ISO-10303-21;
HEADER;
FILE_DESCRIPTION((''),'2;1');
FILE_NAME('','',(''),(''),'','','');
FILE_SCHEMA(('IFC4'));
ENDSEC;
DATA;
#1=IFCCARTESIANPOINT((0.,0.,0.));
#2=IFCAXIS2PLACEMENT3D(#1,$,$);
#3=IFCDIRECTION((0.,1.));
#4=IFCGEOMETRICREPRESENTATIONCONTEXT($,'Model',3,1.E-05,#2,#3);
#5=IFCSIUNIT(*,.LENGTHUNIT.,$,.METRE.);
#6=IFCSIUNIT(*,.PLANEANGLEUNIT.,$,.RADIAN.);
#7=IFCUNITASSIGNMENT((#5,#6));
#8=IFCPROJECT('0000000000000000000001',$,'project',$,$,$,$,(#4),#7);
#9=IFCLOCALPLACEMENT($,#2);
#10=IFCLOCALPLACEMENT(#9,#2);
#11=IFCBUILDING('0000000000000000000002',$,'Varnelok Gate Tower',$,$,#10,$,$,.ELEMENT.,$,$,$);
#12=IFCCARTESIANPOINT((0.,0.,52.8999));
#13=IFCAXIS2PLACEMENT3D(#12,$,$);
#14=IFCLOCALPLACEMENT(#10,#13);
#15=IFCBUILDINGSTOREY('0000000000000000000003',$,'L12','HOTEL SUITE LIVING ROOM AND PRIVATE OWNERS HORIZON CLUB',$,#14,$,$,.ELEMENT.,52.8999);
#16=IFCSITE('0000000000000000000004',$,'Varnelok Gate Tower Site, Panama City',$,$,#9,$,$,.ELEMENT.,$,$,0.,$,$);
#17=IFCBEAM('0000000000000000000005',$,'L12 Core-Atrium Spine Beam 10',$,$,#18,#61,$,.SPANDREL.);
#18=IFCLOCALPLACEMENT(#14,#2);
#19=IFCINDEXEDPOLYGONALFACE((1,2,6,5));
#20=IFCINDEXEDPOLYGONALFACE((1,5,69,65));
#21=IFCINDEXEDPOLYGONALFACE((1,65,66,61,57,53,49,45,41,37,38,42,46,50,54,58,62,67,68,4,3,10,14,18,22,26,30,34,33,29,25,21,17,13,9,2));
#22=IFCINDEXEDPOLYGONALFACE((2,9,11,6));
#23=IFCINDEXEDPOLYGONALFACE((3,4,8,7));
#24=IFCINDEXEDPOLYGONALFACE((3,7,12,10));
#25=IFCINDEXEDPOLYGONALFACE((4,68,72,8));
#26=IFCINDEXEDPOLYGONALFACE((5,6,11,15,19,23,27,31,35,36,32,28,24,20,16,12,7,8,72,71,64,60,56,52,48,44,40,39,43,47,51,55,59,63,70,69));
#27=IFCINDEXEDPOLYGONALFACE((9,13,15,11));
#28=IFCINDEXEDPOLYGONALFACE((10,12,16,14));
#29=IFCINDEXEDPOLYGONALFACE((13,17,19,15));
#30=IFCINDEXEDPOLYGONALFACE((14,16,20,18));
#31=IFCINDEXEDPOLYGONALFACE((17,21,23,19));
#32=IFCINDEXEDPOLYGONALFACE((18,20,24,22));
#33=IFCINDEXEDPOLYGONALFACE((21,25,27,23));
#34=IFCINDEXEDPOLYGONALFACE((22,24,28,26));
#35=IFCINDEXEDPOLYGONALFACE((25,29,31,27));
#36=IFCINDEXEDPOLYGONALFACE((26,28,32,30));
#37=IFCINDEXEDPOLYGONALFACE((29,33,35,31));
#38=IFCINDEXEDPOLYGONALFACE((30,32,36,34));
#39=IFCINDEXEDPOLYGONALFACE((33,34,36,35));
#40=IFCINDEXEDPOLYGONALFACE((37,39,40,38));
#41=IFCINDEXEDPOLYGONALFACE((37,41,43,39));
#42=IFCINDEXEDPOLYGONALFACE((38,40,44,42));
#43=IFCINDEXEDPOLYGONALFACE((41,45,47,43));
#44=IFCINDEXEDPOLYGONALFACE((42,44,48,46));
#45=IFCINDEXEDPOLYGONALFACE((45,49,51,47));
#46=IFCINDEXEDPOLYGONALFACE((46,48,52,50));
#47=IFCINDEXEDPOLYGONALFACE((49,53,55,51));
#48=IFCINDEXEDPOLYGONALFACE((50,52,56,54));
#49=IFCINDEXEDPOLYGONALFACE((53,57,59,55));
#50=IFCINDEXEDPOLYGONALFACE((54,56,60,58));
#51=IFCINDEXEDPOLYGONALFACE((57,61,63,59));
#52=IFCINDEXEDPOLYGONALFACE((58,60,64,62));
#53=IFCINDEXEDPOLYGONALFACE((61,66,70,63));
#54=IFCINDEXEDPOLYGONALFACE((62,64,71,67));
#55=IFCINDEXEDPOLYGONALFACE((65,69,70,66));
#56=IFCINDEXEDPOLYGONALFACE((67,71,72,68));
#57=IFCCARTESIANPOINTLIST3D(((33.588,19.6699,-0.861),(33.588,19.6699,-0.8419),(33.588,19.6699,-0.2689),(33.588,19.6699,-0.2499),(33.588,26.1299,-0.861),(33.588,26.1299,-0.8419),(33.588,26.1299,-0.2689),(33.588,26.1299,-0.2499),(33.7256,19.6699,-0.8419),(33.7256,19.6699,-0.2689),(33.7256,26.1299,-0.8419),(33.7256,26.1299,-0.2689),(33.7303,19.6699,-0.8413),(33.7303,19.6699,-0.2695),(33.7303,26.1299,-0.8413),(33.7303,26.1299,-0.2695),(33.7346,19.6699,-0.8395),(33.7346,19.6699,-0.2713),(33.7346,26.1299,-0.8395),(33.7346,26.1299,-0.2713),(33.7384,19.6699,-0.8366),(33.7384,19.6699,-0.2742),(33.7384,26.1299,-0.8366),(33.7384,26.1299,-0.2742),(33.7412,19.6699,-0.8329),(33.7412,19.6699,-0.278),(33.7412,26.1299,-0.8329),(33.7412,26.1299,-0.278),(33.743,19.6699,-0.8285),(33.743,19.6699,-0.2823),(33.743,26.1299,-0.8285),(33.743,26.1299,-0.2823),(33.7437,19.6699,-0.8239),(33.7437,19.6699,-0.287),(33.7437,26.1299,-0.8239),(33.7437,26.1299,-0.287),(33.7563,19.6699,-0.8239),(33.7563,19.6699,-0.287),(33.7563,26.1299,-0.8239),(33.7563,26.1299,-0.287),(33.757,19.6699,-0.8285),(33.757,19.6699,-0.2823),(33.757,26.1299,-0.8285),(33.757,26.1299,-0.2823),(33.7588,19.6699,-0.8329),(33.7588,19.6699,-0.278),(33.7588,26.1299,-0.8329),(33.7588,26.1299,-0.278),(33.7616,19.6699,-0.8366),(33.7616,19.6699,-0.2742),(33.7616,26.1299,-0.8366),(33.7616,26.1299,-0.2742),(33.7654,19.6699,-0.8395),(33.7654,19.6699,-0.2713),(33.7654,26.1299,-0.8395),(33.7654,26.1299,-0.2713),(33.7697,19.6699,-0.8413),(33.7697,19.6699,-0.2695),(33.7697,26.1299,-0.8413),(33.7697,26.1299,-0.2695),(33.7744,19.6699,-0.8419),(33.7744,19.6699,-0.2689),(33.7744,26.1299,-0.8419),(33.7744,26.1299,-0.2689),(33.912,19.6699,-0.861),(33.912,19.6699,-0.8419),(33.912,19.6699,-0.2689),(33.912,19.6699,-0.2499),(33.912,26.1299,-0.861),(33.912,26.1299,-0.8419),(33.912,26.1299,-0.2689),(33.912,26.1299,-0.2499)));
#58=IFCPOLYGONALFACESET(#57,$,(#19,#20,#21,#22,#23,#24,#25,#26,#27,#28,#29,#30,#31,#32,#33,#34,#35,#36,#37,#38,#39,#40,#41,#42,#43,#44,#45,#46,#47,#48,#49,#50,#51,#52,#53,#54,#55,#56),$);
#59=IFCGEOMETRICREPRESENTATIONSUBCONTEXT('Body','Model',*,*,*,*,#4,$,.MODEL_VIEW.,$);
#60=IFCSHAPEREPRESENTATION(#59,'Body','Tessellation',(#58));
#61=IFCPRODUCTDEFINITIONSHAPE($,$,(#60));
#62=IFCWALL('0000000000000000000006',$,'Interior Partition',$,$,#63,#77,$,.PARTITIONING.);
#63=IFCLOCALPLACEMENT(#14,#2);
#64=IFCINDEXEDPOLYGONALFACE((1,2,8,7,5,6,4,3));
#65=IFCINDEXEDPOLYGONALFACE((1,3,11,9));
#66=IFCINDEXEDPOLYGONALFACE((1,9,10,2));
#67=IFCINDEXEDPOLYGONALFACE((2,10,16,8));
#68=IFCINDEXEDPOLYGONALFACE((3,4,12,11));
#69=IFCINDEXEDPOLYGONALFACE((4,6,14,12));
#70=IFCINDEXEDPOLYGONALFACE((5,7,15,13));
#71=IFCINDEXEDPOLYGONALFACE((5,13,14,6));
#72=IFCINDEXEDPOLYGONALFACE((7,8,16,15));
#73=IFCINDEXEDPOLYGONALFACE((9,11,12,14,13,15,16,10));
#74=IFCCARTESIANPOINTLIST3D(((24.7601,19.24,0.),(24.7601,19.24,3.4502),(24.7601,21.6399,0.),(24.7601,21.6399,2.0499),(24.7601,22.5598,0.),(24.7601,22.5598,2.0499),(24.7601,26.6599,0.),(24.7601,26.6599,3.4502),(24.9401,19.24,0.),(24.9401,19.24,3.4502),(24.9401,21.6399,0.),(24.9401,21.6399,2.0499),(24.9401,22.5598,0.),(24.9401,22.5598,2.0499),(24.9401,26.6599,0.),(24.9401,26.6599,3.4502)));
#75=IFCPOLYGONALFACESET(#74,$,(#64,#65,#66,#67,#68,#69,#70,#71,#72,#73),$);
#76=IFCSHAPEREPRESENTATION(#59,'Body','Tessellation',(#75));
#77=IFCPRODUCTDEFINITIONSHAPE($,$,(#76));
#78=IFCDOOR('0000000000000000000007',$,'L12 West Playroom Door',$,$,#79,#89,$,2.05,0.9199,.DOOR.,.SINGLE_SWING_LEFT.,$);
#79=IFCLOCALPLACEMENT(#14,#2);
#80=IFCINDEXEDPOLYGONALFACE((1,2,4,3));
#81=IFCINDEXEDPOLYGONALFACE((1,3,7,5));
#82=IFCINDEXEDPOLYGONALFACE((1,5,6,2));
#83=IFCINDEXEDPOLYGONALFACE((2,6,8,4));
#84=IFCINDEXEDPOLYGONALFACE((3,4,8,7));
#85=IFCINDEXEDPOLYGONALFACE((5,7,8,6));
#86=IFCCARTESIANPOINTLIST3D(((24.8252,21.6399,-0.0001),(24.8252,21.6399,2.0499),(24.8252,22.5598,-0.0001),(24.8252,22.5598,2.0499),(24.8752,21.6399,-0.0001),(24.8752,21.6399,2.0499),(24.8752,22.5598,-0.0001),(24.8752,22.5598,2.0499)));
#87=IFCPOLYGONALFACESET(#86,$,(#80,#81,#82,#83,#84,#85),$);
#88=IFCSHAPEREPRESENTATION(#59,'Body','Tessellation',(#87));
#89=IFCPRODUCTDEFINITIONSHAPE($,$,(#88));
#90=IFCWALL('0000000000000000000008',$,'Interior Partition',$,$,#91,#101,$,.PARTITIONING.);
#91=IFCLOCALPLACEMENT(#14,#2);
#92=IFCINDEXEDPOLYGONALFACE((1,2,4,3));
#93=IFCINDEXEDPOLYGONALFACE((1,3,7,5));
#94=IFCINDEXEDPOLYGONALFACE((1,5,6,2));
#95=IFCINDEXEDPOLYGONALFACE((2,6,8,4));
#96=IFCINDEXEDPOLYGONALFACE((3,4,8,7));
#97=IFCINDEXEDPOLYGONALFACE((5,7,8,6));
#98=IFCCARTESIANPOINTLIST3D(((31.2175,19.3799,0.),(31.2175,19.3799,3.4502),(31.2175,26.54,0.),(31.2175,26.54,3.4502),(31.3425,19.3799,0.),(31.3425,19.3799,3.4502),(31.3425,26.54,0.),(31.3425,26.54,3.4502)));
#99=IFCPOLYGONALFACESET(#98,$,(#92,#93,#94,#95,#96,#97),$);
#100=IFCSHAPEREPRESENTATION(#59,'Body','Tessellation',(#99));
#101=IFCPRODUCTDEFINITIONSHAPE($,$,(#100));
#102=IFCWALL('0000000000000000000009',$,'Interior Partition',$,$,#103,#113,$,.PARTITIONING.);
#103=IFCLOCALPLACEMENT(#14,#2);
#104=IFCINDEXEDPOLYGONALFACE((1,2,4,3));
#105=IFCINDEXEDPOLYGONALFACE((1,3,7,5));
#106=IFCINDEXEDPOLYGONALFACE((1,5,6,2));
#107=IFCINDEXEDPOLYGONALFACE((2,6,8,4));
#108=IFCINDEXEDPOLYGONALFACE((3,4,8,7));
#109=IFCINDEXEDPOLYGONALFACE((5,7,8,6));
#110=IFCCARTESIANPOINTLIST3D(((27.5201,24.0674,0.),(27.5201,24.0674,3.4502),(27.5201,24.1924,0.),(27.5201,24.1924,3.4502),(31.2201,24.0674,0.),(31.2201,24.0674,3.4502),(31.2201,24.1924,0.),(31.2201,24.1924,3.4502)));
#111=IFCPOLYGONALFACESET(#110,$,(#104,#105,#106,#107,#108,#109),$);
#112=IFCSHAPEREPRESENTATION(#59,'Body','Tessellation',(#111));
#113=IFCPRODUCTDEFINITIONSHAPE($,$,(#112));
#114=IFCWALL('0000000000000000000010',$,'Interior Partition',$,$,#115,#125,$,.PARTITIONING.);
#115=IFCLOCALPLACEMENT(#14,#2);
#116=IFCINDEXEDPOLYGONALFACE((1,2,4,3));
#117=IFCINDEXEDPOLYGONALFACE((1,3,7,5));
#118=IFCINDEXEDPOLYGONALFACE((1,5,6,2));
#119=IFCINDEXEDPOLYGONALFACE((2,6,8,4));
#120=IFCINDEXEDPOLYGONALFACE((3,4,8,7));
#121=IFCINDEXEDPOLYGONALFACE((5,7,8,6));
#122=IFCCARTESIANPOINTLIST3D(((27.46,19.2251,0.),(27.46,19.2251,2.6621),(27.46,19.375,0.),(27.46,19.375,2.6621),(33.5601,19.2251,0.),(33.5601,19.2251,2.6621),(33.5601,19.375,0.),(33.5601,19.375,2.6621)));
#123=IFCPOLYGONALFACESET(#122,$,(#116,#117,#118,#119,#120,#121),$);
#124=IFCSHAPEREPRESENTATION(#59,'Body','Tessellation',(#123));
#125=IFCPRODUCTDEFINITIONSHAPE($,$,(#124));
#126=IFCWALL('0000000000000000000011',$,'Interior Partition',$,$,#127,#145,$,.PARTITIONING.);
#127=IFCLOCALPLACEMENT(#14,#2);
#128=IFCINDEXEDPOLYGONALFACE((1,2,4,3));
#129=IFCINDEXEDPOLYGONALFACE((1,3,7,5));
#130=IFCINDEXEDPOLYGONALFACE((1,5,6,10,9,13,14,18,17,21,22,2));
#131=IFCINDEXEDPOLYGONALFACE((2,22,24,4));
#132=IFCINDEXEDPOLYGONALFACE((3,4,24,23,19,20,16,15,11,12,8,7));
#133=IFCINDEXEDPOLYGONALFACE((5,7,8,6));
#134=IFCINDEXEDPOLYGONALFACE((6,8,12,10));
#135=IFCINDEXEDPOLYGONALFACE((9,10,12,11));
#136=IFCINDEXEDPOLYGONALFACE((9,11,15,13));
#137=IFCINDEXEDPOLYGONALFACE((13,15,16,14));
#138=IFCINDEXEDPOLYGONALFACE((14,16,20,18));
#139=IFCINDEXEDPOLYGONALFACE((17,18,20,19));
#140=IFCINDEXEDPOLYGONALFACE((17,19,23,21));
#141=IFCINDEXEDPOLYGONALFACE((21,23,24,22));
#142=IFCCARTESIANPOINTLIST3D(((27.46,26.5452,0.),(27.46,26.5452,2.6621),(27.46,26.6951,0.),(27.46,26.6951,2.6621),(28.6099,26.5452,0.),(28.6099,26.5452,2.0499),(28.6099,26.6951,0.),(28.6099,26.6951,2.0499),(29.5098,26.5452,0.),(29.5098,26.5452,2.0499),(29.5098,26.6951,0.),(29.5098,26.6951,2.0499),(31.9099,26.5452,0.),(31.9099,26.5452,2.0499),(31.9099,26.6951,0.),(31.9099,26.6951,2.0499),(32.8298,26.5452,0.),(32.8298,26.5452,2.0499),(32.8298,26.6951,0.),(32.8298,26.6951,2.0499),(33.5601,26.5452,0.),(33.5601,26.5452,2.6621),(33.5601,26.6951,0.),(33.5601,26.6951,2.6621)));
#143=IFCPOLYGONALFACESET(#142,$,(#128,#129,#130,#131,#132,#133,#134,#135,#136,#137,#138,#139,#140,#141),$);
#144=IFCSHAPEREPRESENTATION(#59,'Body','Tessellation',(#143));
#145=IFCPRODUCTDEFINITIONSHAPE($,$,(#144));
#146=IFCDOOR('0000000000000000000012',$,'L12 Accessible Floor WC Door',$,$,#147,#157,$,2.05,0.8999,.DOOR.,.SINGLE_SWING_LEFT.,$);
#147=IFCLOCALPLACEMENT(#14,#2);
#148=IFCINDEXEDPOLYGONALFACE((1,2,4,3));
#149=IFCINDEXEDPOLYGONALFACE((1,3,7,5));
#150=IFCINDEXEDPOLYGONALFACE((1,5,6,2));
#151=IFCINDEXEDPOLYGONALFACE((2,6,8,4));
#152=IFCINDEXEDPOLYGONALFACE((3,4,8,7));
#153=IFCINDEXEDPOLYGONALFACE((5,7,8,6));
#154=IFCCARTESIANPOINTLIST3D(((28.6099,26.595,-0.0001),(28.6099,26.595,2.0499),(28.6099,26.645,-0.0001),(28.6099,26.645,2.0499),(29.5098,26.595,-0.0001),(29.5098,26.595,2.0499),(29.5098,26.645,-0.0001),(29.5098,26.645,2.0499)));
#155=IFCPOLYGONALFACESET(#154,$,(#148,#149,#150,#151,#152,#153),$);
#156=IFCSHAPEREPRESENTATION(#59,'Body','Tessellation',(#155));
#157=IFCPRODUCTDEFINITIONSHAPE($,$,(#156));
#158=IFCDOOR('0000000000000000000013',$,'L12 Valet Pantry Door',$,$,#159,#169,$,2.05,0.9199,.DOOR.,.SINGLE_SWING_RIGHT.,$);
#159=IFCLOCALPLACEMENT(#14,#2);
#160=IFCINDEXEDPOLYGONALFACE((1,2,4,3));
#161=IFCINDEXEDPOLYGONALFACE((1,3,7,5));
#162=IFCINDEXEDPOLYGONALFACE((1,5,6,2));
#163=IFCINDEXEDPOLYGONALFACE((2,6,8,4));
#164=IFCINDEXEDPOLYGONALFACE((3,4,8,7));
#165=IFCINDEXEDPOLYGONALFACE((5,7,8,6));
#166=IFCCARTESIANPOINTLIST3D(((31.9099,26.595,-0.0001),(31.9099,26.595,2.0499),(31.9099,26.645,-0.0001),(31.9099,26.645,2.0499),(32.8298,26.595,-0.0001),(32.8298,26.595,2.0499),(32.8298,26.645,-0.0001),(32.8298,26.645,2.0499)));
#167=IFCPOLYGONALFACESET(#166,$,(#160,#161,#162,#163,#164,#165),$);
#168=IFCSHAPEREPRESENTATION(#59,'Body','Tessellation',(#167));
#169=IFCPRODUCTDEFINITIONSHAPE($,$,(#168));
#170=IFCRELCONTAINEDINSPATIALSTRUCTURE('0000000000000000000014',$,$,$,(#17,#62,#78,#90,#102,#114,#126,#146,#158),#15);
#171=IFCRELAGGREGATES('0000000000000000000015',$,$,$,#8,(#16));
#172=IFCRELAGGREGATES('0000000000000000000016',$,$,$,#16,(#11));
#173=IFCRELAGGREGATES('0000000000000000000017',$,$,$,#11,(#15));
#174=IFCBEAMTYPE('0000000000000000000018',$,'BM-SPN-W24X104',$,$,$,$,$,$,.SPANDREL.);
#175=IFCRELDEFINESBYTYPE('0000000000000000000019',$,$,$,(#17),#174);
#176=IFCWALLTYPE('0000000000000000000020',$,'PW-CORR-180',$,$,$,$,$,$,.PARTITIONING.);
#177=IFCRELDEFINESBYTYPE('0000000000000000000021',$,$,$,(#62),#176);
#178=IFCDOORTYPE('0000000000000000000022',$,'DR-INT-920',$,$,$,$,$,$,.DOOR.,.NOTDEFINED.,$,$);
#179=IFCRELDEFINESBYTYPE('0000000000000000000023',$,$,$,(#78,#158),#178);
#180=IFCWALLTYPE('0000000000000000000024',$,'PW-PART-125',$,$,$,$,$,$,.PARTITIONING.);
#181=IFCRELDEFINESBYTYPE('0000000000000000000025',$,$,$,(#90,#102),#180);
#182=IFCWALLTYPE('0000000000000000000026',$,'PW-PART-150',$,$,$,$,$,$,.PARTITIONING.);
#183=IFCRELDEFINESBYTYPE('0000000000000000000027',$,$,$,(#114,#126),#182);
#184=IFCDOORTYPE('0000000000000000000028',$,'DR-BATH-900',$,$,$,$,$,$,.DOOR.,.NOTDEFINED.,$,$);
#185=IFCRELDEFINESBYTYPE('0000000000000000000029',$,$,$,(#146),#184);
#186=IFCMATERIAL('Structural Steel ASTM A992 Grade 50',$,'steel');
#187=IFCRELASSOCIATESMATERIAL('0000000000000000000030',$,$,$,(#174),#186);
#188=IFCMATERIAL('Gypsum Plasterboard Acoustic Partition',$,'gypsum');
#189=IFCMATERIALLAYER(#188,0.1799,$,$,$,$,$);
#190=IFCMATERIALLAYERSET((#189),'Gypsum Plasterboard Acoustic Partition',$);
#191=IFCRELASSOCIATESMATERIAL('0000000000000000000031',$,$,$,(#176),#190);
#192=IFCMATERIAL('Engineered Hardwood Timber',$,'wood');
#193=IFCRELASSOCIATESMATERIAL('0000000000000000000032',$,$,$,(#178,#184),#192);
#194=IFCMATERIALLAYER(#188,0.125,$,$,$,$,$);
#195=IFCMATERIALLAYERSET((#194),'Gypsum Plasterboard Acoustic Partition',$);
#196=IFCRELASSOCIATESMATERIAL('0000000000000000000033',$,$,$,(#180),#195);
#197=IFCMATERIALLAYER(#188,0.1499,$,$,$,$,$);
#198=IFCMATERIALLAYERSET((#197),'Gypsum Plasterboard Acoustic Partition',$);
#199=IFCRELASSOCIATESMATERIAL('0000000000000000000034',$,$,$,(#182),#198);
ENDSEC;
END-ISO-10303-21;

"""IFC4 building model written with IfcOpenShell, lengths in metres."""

from ifc_helpers import new_model, si_unit, direction, frame, frame_2d, origin, origin_2d, place, context, subcontext, project, spatial, rectangle, i_section, extrude, material, layer, layer_set, material_profile, profile_set, type_object, element, fill, save


model = new_model("IFC4")

# Units and contexts
model_context = context("Model", 3, precision=1e-05, world=origin(), true_north=direction((0.0, 1.0)))
body_context = subcontext(model_context, "Body", "Model", "MODEL_VIEW")
ifc_project = project(units=[si_unit("LENGTHUNIT", "METRE"), si_unit("PLANEANGLEUNIT", "RADIAN")], contexts=[model_context])

# Site, building, storey
site_placement = place(None, origin())
site = spatial("IfcSite", under=ifc_project, at=site_placement, Name="Varnelok Gate Tower Site, Panama City", CompositionType="ELEMENT", RefElevation=0.0)
building_placement = place(site_placement, origin())
building = spatial("IfcBuilding", under=site, at=building_placement, Name="Varnelok Gate Tower", CompositionType="ELEMENT")
storey_placement = place(building_placement, frame((0.0, 0.0, 52.8999)))
storey = spatial("IfcBuildingStorey", under=building, at=storey_placement, Name="L12", Description="HOTEL SUITE LIVING ROOM AND PRIVATE OWNERS HORIZON CLUB", CompositionType="ELEMENT", Elevation=52.8999)

# Shared definitions
ifc_material_1 = material(Name="Structural Steel ASTM A992 Grade 50", Category="steel")

# Beam
ifc_material_profile_1 = material_profile(ifc_material_1, i_section(OverallWidth=0.324, OverallDepth=0.6111, WebThickness=0.0127, FlangeThickness=0.019, FilletRadius=0.0181, at=origin_2d()), Name="W24X104")
ifc_profile_set_1 = profile_set([ifc_material_profile_1], Name="Structural Steel ASTM A992 Grade 50")
beam_type_1 = type_object("IfcBeamType", Name="BM-SPN-W24X104", PredefinedType="SPANDREL", material=ifc_profile_set_1)
beam_1_placement = place(storey_placement, frame((33.75, 19.6699, -0.5554), z_axis=(0.0, 1.0, 0.0), x_axis=(-1.0, 0.0, 0.0)))
element("IfcBeam", 1, at=beam_1_placement, inside=storey, type_object=beam_type_1, Name="L12 Core-Atrium Spine Beam 10", PredefinedType="SPANDREL", context=body_context, shape_type="SweptSolid", body=[
    extrude(i_section(OverallWidth=0.324, OverallDepth=0.6111, WebThickness=0.0127, FlangeThickness=0.019, FilletRadius=0.0181, at=origin_2d()), origin(), (0.0, 0.0, 1.0), 6.46),
])

# Wall, opening, door
ifc_material_2 = material(Name="Gypsum Plasterboard Acoustic Partition", Category="gypsum")
ifc_layer_1 = layer(ifc_material_2, 0.1799)
ifc_layer_set_1 = layer_set([ifc_layer_1], Name="Gypsum Plasterboard Acoustic Partition")
wall_type_1 = type_object("IfcWallType", Name="PW-CORR-180", PredefinedType="PARTITIONING", material=ifc_layer_set_1)
wall_1_placement = place(storey_placement, frame((24.8501, 19.24, 0.0), z_axis=(0.0, 0.0, 1.0), x_axis=(0.0, 1.0, 0.0)))
wall_1 = element("IfcWall", 2, at=wall_1_placement, inside=storey, type_object=wall_type_1, Name="Interior Partition", PredefinedType="PARTITIONING", context=body_context, shape_type="SweptSolid", body=[
    extrude(rectangle(XDim=7.4199, YDim=0.1799, at=frame_2d((3.71, 0.0))), origin(), (0.0, 0.0, 1.0), 3.4502),
])
opening_1_placement = place(wall_1_placement, frame((2.3999, 0.0, 0.0)))
opening_1 = element("IfcOpeningElement", 3, at=opening_1_placement, cuts=wall_1, PredefinedType="OPENING", context=body_context, shape_type="SweptSolid", body=[
    extrude(rectangle(XDim=0.9199, YDim=2.05, at=frame_2d((0.46, 1.0249))), frame((0.0, 0.0999, 0.0), z_axis=(0.0, -1.0, 0.0), x_axis=(1.0, 0.0, 0.0)), (0.0, 0.0, 1.0), 0.2),
])
ifc_material_3 = material(Name="Engineered Hardwood Timber", Category="wood")
door_type_1 = type_object("IfcDoorType", Name="DR-INT-920", OperationType="NOTDEFINED", PredefinedType="DOOR", material=ifc_material_3)
door_1_placement = place(opening_1_placement, origin())
door_1 = element("IfcDoor", 4, at=door_1_placement, inside=storey, type_object=door_type_1, Name="L12 West Playroom Door", OperationType="SINGLE_SWING_LEFT", OverallHeight=2.05, OverallWidth=0.9199, PredefinedType="DOOR", context=body_context, shape_type="SweptSolid", body=[
    extrude(rectangle(XDim=0.9199, YDim=2.05, at=frame_2d((0.46, 1.0249))), frame((0.0, 0.0249, 0.0), z_axis=(0.0, -1.0, 0.0), x_axis=(1.0, 0.0, 0.0)), (0.0, 0.0, 1.0), 0.05),
])
fill(opening_1, door_1)

# Walls
ifc_layer_2 = layer(ifc_material_2, 0.125)
ifc_layer_set_2 = layer_set([ifc_layer_2], Name="Gypsum Plasterboard Acoustic Partition")
wall_type_2 = type_object("IfcWallType", Name="PW-PART-125", PredefinedType="PARTITIONING", material=ifc_layer_set_2)
wall_2_placement = place(storey_placement, frame((31.28, 19.3799, 0.0), z_axis=(0.0, 0.0, 1.0), x_axis=(0.0, 1.0, 0.0)))
element("IfcWall", 5, at=wall_2_placement, inside=storey, type_object=wall_type_2, Name="Interior Partition", PredefinedType="PARTITIONING", context=body_context, shape_type="SweptSolid", body=[
    extrude(rectangle(XDim=7.1602, YDim=0.125, at=frame_2d((3.5801, 0.0))), origin(), (0.0, 0.0, 1.0), 3.4502),
])
wall_3_placement = place(storey_placement, frame((27.52, 24.1299, 0.0), z_axis=(0.0, 0.0, 1.0), x_axis=(1.0, 0.0, 0.0)))
element("IfcWall", 6, at=wall_3_placement, inside=storey, type_object=wall_type_2, Name="Interior Partition", PredefinedType="PARTITIONING", context=body_context, shape_type="SweptSolid", body=[
    extrude(rectangle(XDim=3.7, YDim=0.125, at=frame_2d((1.8501, 0.0))), origin(), (0.0, 0.0, 1.0), 3.4502),
])
ifc_layer_3 = layer(ifc_material_2, 0.1499)
ifc_layer_set_3 = layer_set([ifc_layer_3], Name="Gypsum Plasterboard Acoustic Partition")
wall_type_3 = type_object("IfcWallType", Name="PW-PART-150", PredefinedType="PARTITIONING", material=ifc_layer_set_3)
wall_4_placement = place(storey_placement, frame((27.46, 19.3, 0.0), z_axis=(0.0, 0.0, 1.0), x_axis=(1.0, 0.0, 0.0)))
element("IfcWall", 7, at=wall_4_placement, inside=storey, type_object=wall_type_3, Name="Interior Partition", PredefinedType="PARTITIONING", context=body_context, shape_type="SweptSolid", body=[
    extrude(rectangle(XDim=6.1001, YDim=0.1499, at=frame_2d((3.05, 0.0))), origin(), (0.0, 0.0, 1.0), 2.6621),
])

# Wall, openings, doors
wall_5_placement = place(storey_placement, frame((27.46, 26.6201, 0.0), z_axis=(0.0, 0.0, 1.0), x_axis=(1.0, 0.0, 0.0)))
wall_5 = element("IfcWall", 8, at=wall_5_placement, inside=storey, type_object=wall_type_3, Name="Interior Partition", PredefinedType="PARTITIONING", context=body_context, shape_type="SweptSolid", body=[
    extrude(rectangle(XDim=6.1001, YDim=0.1499, at=frame_2d((3.05, 0.0))), origin(), (0.0, 0.0, 1.0), 2.6621),
])
opening_2_placement = place(wall_5_placement, frame((1.1499, 0.0, 0.0)))
opening_2 = element("IfcOpeningElement", 9, at=opening_2_placement, cuts=wall_5, PredefinedType="OPENING", context=body_context, shape_type="SweptSolid", body=[
    extrude(rectangle(XDim=0.8999, YDim=2.05, at=frame_2d((0.45, 1.0249))), frame((0.0, 0.085, 0.0), z_axis=(0.0, -1.0, 0.0), x_axis=(1.0, 0.0, 0.0)), (0.0, 0.0, 1.0), 0.1699),
])
opening_3_placement = place(wall_5_placement, frame((4.45, 0.0, 0.0)))
opening_3 = element("IfcOpeningElement", 10, at=opening_3_placement, cuts=wall_5, PredefinedType="OPENING", context=body_context, shape_type="SweptSolid", body=[
    extrude(rectangle(XDim=0.9199, YDim=2.05, at=frame_2d((0.46, 1.0249))), frame((0.0, 0.085, 0.0), z_axis=(0.0, -1.0, 0.0), x_axis=(1.0, 0.0, 0.0)), (0.0, 0.0, 1.0), 0.1699),
])
door_type_2 = type_object("IfcDoorType", Name="DR-BATH-900", OperationType="NOTDEFINED", PredefinedType="DOOR", material=ifc_material_3)
door_2_placement = place(opening_2_placement, origin())
door_2 = element("IfcDoor", 11, at=door_2_placement, inside=storey, type_object=door_type_2, Name="L12 Accessible Floor WC Door", OperationType="SINGLE_SWING_LEFT", OverallHeight=2.05, OverallWidth=0.8999, PredefinedType="DOOR", context=body_context, shape_type="SweptSolid", body=[
    extrude(rectangle(XDim=0.8999, YDim=2.05, at=frame_2d((0.45, 1.0249))), frame((0.0, 0.0249, 0.0), z_axis=(0.0, -1.0, 0.0), x_axis=(1.0, 0.0, 0.0)), (0.0, 0.0, 1.0), 0.05),
])
fill(opening_2, door_2)
door_3_placement = place(opening_3_placement, origin())
door_3 = element("IfcDoor", 12, at=door_3_placement, inside=storey, type_object=door_type_1, Name="L12 Valet Pantry Door", OperationType="SINGLE_SWING_RIGHT", OverallHeight=2.05, OverallWidth=0.9199, PredefinedType="DOOR", context=body_context, shape_type="SweptSolid", body=[
    extrude(rectangle(XDim=0.9199, YDim=2.05, at=frame_2d((0.46, 1.0249))), frame((0.0, 0.0249, 0.0), z_axis=(0.0, -1.0, 0.0), x_axis=(1.0, 0.0, 0.0)), (0.0, 0.0, 1.0), 0.05),
])
fill(opening_3, door_3)

save(model, "model.ifc")
